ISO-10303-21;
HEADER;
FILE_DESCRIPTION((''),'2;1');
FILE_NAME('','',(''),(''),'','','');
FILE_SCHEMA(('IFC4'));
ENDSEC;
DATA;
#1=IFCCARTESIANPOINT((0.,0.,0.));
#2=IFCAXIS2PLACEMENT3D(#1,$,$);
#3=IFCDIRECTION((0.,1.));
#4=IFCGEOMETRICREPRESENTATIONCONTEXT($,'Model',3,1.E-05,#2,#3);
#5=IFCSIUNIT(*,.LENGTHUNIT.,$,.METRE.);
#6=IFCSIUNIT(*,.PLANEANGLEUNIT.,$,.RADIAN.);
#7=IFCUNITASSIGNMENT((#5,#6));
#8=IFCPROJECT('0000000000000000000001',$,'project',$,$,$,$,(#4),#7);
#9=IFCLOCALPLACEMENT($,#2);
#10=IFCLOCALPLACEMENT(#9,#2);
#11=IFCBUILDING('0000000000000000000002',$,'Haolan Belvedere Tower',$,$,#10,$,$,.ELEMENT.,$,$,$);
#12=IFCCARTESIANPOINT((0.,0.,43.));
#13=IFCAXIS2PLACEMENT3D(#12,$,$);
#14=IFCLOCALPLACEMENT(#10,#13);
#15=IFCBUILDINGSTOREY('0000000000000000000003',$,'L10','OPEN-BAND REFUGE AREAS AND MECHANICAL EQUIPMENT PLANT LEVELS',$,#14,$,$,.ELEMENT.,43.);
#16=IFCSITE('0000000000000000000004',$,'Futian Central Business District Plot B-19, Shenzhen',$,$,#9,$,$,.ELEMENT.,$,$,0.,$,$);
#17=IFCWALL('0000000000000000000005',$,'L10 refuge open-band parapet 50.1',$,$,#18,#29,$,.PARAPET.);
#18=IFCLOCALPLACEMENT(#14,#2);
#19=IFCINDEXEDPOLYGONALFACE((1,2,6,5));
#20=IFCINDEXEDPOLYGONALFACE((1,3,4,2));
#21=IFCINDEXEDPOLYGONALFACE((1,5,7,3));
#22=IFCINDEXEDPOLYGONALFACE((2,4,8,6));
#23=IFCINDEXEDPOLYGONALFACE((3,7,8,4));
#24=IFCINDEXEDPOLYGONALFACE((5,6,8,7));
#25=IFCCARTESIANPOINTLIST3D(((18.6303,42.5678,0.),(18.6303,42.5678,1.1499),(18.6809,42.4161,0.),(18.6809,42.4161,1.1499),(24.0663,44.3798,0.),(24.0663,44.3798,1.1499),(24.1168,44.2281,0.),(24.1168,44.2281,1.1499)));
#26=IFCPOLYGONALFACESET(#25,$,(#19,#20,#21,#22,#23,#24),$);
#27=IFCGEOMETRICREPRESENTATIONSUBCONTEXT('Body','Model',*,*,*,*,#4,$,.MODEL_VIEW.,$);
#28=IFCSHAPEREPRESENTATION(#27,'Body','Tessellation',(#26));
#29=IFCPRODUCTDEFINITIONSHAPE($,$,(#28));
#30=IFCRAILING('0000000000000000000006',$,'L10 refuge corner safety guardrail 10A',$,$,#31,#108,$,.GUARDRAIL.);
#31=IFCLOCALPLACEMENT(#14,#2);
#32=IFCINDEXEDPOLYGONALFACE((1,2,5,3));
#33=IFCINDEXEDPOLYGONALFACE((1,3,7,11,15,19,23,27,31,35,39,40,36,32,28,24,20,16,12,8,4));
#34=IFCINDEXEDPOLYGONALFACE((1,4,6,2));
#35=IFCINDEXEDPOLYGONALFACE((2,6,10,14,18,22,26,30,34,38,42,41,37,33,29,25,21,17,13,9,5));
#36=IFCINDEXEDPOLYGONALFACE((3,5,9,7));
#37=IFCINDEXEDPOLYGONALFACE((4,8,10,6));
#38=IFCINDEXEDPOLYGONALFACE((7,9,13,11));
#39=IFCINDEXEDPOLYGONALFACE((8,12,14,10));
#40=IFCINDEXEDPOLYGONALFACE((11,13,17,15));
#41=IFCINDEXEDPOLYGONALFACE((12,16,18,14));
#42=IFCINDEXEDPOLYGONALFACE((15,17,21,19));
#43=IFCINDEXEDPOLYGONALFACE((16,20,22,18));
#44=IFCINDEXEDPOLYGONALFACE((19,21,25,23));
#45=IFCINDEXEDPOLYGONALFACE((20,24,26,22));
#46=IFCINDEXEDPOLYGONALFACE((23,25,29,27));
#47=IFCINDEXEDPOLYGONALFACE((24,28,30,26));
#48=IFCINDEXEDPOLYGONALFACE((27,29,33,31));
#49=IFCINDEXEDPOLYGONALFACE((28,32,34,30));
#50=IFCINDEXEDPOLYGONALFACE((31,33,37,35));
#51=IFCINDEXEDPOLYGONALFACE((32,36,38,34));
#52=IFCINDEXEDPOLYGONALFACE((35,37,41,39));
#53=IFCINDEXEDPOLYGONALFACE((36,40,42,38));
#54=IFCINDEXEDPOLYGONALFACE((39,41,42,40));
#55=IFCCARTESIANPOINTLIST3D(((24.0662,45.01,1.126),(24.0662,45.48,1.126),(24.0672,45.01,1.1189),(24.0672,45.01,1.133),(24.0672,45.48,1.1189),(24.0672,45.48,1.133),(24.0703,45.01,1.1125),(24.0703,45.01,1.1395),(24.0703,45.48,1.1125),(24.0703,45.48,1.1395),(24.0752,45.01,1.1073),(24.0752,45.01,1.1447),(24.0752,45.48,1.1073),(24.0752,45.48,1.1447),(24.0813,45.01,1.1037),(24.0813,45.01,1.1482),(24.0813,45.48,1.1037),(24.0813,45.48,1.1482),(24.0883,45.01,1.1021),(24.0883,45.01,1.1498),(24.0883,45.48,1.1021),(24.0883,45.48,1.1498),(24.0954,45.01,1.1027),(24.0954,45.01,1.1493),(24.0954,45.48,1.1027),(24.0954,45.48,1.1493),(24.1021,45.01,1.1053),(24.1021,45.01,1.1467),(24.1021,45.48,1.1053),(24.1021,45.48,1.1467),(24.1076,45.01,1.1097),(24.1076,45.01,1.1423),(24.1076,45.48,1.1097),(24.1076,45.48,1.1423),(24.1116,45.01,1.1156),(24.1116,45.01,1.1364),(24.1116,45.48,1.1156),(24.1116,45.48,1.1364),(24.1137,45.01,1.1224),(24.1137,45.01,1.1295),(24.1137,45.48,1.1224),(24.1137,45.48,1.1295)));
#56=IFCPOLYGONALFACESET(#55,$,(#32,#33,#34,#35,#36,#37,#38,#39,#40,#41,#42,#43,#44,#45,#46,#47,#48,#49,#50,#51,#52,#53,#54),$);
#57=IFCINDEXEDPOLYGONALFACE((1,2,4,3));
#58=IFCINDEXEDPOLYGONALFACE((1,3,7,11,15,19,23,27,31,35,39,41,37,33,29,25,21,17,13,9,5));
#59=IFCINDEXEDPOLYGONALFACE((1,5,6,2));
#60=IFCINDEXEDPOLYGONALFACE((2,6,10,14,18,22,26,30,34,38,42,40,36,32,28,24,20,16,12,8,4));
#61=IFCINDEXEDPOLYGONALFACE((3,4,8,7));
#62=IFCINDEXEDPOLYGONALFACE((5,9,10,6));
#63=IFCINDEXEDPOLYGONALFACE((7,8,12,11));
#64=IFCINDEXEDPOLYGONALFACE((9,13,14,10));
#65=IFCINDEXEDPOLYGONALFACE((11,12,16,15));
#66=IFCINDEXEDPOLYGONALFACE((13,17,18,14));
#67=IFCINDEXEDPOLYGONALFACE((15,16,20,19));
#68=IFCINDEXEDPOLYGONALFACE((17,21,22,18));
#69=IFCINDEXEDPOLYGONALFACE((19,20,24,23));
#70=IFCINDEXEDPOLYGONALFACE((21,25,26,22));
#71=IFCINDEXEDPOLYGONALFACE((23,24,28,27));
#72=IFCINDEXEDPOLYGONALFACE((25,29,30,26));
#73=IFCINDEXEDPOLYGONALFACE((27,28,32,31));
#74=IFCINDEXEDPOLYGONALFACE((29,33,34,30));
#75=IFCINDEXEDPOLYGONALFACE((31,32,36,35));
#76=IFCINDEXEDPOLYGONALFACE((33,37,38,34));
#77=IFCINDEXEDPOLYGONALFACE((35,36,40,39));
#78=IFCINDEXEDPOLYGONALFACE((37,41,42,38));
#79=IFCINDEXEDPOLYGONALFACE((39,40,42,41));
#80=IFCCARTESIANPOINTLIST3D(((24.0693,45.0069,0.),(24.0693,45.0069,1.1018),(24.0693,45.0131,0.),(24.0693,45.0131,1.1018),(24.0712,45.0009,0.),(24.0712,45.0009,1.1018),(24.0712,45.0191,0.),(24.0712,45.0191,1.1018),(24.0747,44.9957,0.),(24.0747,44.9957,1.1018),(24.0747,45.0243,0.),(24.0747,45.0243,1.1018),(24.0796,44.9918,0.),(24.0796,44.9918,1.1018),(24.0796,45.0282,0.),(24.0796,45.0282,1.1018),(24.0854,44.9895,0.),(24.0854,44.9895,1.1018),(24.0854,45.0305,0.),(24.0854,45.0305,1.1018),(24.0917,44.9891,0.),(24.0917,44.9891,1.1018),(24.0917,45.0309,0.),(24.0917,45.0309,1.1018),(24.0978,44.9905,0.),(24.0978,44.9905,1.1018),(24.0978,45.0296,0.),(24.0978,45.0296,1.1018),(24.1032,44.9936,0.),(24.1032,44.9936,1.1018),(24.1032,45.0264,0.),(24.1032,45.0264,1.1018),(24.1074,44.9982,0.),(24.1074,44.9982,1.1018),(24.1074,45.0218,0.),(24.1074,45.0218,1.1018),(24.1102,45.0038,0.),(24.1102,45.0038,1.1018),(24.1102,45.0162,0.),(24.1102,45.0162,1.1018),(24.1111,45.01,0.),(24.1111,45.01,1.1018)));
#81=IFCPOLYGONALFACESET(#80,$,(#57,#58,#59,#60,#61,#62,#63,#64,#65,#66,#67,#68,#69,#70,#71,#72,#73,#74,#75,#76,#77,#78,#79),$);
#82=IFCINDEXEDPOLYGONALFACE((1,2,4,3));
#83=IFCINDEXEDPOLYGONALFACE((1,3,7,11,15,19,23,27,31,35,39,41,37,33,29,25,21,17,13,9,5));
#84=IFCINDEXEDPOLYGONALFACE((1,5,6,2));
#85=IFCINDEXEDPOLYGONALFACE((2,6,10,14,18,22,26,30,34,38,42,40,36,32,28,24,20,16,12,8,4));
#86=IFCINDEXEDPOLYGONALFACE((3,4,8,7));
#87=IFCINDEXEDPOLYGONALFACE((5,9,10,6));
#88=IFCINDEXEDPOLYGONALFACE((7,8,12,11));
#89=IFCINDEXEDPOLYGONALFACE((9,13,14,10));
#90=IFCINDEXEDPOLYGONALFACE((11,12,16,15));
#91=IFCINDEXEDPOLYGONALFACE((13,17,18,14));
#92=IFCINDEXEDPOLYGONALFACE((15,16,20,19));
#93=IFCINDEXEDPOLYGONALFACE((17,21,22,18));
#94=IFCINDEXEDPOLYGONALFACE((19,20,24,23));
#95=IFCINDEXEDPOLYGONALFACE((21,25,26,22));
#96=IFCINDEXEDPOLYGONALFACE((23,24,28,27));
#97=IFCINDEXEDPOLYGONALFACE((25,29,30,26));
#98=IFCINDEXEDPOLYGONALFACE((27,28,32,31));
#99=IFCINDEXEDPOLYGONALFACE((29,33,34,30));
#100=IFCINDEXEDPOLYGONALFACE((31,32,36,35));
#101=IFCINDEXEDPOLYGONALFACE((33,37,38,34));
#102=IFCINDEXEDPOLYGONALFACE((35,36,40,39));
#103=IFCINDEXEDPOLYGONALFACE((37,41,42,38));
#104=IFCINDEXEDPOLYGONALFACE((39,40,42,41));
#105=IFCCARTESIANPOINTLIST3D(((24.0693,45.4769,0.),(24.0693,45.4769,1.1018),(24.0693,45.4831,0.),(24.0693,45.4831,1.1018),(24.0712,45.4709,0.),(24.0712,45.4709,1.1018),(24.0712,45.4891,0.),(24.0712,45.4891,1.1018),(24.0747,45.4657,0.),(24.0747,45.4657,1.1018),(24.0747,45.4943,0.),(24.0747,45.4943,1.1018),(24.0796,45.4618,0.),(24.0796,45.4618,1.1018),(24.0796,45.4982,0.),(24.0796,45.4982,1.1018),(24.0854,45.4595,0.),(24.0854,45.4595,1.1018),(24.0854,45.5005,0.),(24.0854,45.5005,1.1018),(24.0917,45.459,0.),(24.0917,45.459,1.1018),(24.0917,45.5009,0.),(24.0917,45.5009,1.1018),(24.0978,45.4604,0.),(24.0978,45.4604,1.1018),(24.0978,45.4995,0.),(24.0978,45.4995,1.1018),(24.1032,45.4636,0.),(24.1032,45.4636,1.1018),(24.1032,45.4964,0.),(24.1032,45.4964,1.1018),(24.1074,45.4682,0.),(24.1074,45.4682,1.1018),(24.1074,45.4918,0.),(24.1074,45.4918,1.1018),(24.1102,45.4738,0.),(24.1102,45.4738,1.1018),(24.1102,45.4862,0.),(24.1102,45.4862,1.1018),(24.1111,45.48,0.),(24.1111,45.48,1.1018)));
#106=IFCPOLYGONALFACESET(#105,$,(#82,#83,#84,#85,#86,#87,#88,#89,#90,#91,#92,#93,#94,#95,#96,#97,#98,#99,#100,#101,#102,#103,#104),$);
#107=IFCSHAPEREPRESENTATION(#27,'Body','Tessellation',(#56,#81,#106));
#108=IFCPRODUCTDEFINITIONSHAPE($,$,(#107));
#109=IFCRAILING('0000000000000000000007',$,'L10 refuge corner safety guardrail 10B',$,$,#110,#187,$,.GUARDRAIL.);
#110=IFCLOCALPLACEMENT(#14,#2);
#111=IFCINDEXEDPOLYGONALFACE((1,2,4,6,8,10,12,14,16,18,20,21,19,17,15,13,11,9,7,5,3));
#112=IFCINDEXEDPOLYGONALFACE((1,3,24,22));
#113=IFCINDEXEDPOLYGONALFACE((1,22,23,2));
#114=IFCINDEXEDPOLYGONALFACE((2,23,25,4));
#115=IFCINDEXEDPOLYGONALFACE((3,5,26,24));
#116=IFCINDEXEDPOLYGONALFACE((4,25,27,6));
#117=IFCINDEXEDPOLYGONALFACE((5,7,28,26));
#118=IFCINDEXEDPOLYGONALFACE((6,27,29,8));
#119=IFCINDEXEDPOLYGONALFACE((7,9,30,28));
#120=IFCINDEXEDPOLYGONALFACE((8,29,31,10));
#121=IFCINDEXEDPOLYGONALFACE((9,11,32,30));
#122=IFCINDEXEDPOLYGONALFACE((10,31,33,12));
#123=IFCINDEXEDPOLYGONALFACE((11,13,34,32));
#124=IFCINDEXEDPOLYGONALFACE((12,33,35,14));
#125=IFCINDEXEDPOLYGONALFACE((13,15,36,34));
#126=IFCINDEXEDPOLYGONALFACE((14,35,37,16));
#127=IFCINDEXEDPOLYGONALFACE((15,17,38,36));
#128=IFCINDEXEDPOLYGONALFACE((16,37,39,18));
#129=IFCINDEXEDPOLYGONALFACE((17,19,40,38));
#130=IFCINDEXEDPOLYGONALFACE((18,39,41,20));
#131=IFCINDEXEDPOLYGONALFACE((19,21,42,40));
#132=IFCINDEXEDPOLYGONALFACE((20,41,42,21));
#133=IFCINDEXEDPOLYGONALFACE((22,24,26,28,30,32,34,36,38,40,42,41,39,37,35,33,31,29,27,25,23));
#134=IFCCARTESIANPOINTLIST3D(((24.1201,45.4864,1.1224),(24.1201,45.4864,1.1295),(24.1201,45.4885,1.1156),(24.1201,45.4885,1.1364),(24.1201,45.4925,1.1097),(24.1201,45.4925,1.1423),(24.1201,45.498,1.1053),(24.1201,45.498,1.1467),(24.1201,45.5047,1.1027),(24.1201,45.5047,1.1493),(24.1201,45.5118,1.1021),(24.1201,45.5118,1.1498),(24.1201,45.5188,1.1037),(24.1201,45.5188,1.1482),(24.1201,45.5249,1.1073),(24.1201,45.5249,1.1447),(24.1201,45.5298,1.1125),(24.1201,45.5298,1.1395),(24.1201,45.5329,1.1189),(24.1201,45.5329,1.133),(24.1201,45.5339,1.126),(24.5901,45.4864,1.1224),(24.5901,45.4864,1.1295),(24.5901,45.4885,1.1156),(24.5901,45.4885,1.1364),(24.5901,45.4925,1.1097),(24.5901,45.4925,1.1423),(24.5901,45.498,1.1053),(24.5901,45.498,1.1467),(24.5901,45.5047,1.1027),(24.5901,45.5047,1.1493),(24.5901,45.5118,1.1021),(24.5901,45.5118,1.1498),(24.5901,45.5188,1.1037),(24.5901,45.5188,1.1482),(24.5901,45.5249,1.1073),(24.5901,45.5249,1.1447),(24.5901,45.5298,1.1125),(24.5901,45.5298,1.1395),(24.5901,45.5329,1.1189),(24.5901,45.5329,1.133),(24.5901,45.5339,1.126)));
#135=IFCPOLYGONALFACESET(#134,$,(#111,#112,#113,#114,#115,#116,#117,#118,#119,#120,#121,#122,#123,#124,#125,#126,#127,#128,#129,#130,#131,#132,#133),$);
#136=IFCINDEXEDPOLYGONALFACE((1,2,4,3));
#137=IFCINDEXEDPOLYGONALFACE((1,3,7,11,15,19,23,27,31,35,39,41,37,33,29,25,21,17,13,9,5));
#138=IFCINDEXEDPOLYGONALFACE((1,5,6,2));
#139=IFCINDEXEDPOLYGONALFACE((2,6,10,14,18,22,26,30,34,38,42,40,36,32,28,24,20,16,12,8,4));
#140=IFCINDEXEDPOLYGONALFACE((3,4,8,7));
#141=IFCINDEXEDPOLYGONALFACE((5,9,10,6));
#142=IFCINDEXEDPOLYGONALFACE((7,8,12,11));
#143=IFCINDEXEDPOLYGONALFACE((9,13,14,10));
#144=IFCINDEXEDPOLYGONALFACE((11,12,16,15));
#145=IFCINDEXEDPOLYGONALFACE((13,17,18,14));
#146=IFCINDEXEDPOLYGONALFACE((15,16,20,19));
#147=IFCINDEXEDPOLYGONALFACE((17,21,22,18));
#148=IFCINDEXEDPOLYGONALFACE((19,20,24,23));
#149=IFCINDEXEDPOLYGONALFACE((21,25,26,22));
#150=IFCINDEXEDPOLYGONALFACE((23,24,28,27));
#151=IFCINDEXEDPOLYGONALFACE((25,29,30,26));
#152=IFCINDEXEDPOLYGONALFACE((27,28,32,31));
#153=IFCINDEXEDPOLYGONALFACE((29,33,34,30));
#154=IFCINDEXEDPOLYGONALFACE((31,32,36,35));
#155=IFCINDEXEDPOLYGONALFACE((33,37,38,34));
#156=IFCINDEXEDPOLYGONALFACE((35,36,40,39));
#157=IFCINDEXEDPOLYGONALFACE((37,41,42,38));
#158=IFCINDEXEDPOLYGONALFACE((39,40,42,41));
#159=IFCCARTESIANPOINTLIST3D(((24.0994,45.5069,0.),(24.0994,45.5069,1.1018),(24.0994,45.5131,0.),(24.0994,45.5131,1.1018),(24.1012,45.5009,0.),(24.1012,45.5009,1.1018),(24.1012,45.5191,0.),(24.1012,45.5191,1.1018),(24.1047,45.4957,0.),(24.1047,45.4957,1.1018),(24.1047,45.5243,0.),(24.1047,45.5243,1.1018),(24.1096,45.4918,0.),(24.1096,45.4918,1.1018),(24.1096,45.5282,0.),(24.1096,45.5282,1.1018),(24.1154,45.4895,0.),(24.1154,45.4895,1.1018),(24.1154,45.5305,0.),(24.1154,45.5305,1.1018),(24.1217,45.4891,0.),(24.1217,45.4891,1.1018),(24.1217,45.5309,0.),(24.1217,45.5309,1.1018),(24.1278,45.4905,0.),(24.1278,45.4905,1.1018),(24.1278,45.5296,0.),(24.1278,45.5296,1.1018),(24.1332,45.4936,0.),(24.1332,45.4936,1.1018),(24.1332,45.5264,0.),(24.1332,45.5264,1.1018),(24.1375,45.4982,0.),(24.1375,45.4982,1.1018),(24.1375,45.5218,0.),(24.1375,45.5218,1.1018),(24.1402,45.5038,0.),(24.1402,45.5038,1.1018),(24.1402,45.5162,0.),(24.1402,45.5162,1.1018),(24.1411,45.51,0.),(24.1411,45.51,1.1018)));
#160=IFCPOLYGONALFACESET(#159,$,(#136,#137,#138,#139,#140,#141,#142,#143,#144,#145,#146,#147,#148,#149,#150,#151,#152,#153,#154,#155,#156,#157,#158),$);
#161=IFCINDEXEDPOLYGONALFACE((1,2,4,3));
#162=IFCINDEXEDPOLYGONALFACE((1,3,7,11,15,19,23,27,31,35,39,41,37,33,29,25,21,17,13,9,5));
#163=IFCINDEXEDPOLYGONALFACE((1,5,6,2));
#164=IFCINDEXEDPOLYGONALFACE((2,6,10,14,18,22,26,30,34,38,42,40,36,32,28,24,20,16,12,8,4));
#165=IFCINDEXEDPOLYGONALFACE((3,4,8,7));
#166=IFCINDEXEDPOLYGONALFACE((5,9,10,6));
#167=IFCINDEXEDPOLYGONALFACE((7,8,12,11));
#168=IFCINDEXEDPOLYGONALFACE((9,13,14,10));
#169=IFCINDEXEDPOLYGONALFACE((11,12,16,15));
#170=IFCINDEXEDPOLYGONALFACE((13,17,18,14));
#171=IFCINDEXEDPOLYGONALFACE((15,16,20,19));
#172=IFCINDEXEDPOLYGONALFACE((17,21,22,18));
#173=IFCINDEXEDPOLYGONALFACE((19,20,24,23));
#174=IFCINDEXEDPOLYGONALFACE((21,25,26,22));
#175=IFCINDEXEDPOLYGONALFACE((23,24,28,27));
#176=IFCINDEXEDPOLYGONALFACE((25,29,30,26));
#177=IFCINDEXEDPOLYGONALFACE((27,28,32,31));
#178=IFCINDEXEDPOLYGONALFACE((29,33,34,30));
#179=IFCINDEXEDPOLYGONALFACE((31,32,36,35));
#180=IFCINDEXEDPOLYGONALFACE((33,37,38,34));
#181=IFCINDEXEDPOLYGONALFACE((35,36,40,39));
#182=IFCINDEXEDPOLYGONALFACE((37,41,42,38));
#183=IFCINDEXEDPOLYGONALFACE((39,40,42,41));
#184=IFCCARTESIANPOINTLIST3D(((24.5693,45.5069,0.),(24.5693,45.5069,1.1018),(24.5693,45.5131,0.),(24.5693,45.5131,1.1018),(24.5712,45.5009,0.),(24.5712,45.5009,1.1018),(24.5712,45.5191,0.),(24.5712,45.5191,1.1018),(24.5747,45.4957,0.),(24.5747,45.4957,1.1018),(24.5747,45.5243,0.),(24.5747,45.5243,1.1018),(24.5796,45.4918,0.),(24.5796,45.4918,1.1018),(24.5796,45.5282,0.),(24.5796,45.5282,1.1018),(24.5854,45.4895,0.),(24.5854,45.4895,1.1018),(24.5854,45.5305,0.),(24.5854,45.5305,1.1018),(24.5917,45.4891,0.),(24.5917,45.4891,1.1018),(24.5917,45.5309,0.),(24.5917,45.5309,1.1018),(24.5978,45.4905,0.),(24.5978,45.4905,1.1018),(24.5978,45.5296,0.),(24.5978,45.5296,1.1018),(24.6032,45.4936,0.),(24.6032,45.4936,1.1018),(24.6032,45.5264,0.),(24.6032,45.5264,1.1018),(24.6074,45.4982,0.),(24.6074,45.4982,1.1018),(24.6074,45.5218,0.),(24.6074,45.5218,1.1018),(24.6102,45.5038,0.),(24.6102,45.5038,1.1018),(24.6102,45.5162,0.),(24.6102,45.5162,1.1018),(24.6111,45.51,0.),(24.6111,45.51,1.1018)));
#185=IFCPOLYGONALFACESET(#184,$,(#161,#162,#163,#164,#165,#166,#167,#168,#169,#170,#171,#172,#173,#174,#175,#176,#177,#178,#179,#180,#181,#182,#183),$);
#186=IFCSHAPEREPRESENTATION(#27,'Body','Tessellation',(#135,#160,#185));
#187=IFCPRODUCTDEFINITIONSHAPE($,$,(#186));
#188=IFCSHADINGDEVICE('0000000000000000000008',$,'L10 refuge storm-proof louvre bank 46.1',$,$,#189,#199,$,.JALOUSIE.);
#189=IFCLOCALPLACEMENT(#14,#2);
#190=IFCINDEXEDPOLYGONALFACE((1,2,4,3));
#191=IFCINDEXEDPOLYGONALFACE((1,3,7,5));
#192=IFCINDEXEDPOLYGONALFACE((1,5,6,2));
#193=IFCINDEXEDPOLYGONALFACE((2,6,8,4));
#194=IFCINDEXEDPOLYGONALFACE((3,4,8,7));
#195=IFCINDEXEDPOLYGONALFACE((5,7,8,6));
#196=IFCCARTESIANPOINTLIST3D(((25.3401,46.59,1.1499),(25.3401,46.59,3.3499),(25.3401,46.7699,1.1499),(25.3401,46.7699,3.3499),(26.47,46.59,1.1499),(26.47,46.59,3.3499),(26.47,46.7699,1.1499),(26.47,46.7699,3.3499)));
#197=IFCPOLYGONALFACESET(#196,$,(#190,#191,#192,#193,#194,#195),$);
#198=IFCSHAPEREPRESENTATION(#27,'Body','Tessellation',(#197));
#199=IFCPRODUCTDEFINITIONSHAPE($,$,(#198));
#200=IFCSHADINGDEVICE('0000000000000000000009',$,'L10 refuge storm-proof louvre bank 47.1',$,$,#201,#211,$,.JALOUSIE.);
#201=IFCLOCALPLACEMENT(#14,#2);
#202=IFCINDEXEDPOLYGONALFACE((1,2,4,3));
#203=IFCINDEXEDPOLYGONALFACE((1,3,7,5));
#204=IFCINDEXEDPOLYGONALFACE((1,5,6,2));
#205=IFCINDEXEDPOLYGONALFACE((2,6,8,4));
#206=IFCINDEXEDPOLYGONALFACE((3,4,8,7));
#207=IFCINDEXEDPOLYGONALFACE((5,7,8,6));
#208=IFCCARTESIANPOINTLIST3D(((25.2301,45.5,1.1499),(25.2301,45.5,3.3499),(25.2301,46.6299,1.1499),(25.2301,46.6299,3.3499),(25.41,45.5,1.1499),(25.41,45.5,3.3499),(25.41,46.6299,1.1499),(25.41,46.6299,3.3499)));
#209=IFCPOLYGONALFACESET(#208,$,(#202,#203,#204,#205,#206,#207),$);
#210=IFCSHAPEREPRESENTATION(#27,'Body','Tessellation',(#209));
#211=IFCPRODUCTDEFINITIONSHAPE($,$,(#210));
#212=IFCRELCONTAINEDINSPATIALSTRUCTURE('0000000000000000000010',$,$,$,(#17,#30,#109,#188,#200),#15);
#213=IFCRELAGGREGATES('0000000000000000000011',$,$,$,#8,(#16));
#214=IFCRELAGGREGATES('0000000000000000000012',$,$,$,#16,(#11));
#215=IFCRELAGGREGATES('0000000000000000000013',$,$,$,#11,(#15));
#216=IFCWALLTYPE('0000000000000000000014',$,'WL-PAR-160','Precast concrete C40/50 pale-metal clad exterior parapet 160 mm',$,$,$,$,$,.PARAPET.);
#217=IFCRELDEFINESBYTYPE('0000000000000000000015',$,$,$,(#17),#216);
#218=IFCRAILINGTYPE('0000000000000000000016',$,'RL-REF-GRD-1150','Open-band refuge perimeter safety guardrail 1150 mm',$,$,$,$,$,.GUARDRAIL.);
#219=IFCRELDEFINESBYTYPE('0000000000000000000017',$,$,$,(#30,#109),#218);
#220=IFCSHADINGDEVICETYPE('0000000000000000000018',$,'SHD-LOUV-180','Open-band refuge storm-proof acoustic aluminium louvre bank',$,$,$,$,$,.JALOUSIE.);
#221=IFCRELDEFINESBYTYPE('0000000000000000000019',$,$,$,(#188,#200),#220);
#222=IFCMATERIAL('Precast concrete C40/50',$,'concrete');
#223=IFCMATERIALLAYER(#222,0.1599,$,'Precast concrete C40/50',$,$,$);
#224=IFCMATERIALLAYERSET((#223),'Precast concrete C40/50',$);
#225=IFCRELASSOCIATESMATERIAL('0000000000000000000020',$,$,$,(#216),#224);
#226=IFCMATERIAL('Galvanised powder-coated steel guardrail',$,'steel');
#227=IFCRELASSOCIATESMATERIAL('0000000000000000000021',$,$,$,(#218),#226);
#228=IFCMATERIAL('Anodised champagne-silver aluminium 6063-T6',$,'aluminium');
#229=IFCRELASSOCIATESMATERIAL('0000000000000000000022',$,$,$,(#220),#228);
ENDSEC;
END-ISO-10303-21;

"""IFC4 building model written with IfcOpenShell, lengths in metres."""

from ifc_helpers import new_model, si_unit, direction, frame, frame_2d, origin, origin_2d, place, context, subcontext, project, spatial, rectangle, circle, extrude, material, layer, layer_set, type_object, element, save


model = new_model("IFC4")

# Units and contexts
model_context = context("Model", 3, precision=1e-05, world=origin(), true_north=direction((0.0, 1.0)))
body_context = subcontext(model_context, "Body", "Model", "MODEL_VIEW")
ifc_project = project(units=[si_unit("LENGTHUNIT", "METRE"), si_unit("PLANEANGLEUNIT", "RADIAN")], contexts=[model_context])

# Site, building, storey
site_placement = place(None, origin())
site = spatial("IfcSite", under=ifc_project, at=site_placement, Name="Futian Central Business District Plot B-19, Shenzhen", CompositionType="ELEMENT", RefElevation=0.0)
building_placement = place(site_placement, origin())
building = spatial("IfcBuilding", under=site, at=building_placement, Name="Haolan Belvedere Tower", CompositionType="ELEMENT")
storey_placement = place(building_placement, frame((0.0, 0.0, 43.0)))
storey = spatial("IfcBuildingStorey", under=building, at=storey_placement, Name="L10", Description="OPEN-BAND REFUGE AREAS AND MECHANICAL EQUIPMENT PLANT LEVELS", CompositionType="ELEMENT", Elevation=43.0)

# Wall
ifc_material_1 = material(Name="Precast concrete C40/50", Category="concrete")
ifc_layer_1 = layer(ifc_material_1, 0.1599, Name="Precast concrete C40/50")
ifc_layer_set_1 = layer_set([ifc_layer_1], Name="Precast concrete C40/50")
wall_type_1 = type_object("IfcWallType", Name="WL-PAR-160", Description="Precast concrete C40/50 pale-metal clad exterior parapet 160 mm", PredefinedType="PARAPET", material=ifc_layer_set_1)
wall_1_placement = place(storey_placement, frame((24.0916, 44.304, 0.0), z_axis=(0.0, 0.0, 1.0), x_axis=(-0.948683, -0.316228, 0.0)))
element("IfcWall", 1, at=wall_1_placement, inside=storey, type_object=wall_type_1, Name="L10 refuge open-band parapet 50.1", PredefinedType="PARAPET", context=body_context, shape_type="SweptSolid", body=[
    extrude(rectangle(XDim=5.73, YDim=0.1599, at=frame_2d((2.865, 0.0))), origin(), (0.0, 0.0, 1.0), 1.1499),
])

# Railings
ifc_material_2 = material(Name="Galvanised powder-coated steel guardrail", Category="steel")
railing_type = type_object("IfcRailingType", Name="RL-REF-GRD-1150", Description="Open-band refuge perimeter safety guardrail 1150 mm", PredefinedType="GUARDRAIL", material=ifc_material_2)
railing_1_placement = place(storey_placement, frame((24.0901, 45.01, 0.0)))
element("IfcRailing", 2, at=railing_1_placement, inside=storey, type_object=railing_type, Name="L10 refuge corner safety guardrail 10A", PredefinedType="GUARDRAIL", context=body_context, shape_type="SweptSolid", body=[
    extrude(circle(Radius=0.0239, at=origin_2d()), frame((0.0, 0.0, 1.126), z_axis=(0.0, 1.0, 0.0), x_axis=(-1.0, 0.0, 0.0)), (0.0, 0.0, 1.0), 0.47),
    extrude(circle(Radius=0.021, at=origin_2d()), origin(), (0.0, 0.0, 1.0), 1.1018),
    extrude(circle(Radius=0.021, at=origin_2d()), frame((0.0, 0.47, 0.0)), (0.0, 0.0, 1.0), 1.1018),
])
railing_2_placement = place(storey_placement, frame((24.1201, 45.51, 0.0)))
element("IfcRailing", 3, at=railing_2_placement, inside=storey, type_object=railing_type, Name="L10 refuge corner safety guardrail 10B", PredefinedType="GUARDRAIL", context=body_context, shape_type="SweptSolid", body=[
    extrude(circle(Radius=0.0239, at=origin_2d()), frame((0.0, 0.0, 1.126), z_axis=(1.0, 0.0, 0.0), x_axis=(0.0, 1.0, 0.0)), (0.0, 0.0, 1.0), 0.47),
    extrude(circle(Radius=0.021, at=origin_2d()), origin(), (0.0, 0.0, 1.0), 1.1018),
    extrude(circle(Radius=0.021, at=origin_2d()), frame((0.47, 0.0, 0.0)), (0.0, 0.0, 1.0), 1.1018),
])

# Shading devices
ifc_material_3 = material(Name="Anodised champagne-silver aluminium 6063-T6", Category="aluminium")
shading_device_type = type_object("IfcShadingDeviceType", Name="SHD-LOUV-180", Description="Open-band refuge storm-proof acoustic aluminium louvre bank", PredefinedType="JALOUSIE", material=ifc_material_3)
for number, where, z_axis, x_axis, name in (
    (4, (25.905, 46.6799, 1.1499), (0.0, 0.0, 1.0), (-1.0, 0.0, 0.0), "L10 refuge storm-proof louvre bank 46.1"),
    (5, (25.3201, 46.0649, 1.1499), (0.0, 0.0, 1.0), (0.0, -1.0, 0.0), "L10 refuge storm-proof louvre bank 47.1"),
):
    element("IfcShadingDevice", number, at=place(storey_placement, frame(where, z_axis=z_axis, x_axis=x_axis)), inside=storey, type_object=shading_device_type, Name=name, PredefinedType="JALOUSIE", context=body_context, shape_type="SweptSolid", body=[
        extrude(rectangle(XDim=1.1299, YDim=0.1799, at=origin_2d()), origin(), (0.0, 0.0, 1.0), 2.2),
    ])

save(model, "model.ifc")
